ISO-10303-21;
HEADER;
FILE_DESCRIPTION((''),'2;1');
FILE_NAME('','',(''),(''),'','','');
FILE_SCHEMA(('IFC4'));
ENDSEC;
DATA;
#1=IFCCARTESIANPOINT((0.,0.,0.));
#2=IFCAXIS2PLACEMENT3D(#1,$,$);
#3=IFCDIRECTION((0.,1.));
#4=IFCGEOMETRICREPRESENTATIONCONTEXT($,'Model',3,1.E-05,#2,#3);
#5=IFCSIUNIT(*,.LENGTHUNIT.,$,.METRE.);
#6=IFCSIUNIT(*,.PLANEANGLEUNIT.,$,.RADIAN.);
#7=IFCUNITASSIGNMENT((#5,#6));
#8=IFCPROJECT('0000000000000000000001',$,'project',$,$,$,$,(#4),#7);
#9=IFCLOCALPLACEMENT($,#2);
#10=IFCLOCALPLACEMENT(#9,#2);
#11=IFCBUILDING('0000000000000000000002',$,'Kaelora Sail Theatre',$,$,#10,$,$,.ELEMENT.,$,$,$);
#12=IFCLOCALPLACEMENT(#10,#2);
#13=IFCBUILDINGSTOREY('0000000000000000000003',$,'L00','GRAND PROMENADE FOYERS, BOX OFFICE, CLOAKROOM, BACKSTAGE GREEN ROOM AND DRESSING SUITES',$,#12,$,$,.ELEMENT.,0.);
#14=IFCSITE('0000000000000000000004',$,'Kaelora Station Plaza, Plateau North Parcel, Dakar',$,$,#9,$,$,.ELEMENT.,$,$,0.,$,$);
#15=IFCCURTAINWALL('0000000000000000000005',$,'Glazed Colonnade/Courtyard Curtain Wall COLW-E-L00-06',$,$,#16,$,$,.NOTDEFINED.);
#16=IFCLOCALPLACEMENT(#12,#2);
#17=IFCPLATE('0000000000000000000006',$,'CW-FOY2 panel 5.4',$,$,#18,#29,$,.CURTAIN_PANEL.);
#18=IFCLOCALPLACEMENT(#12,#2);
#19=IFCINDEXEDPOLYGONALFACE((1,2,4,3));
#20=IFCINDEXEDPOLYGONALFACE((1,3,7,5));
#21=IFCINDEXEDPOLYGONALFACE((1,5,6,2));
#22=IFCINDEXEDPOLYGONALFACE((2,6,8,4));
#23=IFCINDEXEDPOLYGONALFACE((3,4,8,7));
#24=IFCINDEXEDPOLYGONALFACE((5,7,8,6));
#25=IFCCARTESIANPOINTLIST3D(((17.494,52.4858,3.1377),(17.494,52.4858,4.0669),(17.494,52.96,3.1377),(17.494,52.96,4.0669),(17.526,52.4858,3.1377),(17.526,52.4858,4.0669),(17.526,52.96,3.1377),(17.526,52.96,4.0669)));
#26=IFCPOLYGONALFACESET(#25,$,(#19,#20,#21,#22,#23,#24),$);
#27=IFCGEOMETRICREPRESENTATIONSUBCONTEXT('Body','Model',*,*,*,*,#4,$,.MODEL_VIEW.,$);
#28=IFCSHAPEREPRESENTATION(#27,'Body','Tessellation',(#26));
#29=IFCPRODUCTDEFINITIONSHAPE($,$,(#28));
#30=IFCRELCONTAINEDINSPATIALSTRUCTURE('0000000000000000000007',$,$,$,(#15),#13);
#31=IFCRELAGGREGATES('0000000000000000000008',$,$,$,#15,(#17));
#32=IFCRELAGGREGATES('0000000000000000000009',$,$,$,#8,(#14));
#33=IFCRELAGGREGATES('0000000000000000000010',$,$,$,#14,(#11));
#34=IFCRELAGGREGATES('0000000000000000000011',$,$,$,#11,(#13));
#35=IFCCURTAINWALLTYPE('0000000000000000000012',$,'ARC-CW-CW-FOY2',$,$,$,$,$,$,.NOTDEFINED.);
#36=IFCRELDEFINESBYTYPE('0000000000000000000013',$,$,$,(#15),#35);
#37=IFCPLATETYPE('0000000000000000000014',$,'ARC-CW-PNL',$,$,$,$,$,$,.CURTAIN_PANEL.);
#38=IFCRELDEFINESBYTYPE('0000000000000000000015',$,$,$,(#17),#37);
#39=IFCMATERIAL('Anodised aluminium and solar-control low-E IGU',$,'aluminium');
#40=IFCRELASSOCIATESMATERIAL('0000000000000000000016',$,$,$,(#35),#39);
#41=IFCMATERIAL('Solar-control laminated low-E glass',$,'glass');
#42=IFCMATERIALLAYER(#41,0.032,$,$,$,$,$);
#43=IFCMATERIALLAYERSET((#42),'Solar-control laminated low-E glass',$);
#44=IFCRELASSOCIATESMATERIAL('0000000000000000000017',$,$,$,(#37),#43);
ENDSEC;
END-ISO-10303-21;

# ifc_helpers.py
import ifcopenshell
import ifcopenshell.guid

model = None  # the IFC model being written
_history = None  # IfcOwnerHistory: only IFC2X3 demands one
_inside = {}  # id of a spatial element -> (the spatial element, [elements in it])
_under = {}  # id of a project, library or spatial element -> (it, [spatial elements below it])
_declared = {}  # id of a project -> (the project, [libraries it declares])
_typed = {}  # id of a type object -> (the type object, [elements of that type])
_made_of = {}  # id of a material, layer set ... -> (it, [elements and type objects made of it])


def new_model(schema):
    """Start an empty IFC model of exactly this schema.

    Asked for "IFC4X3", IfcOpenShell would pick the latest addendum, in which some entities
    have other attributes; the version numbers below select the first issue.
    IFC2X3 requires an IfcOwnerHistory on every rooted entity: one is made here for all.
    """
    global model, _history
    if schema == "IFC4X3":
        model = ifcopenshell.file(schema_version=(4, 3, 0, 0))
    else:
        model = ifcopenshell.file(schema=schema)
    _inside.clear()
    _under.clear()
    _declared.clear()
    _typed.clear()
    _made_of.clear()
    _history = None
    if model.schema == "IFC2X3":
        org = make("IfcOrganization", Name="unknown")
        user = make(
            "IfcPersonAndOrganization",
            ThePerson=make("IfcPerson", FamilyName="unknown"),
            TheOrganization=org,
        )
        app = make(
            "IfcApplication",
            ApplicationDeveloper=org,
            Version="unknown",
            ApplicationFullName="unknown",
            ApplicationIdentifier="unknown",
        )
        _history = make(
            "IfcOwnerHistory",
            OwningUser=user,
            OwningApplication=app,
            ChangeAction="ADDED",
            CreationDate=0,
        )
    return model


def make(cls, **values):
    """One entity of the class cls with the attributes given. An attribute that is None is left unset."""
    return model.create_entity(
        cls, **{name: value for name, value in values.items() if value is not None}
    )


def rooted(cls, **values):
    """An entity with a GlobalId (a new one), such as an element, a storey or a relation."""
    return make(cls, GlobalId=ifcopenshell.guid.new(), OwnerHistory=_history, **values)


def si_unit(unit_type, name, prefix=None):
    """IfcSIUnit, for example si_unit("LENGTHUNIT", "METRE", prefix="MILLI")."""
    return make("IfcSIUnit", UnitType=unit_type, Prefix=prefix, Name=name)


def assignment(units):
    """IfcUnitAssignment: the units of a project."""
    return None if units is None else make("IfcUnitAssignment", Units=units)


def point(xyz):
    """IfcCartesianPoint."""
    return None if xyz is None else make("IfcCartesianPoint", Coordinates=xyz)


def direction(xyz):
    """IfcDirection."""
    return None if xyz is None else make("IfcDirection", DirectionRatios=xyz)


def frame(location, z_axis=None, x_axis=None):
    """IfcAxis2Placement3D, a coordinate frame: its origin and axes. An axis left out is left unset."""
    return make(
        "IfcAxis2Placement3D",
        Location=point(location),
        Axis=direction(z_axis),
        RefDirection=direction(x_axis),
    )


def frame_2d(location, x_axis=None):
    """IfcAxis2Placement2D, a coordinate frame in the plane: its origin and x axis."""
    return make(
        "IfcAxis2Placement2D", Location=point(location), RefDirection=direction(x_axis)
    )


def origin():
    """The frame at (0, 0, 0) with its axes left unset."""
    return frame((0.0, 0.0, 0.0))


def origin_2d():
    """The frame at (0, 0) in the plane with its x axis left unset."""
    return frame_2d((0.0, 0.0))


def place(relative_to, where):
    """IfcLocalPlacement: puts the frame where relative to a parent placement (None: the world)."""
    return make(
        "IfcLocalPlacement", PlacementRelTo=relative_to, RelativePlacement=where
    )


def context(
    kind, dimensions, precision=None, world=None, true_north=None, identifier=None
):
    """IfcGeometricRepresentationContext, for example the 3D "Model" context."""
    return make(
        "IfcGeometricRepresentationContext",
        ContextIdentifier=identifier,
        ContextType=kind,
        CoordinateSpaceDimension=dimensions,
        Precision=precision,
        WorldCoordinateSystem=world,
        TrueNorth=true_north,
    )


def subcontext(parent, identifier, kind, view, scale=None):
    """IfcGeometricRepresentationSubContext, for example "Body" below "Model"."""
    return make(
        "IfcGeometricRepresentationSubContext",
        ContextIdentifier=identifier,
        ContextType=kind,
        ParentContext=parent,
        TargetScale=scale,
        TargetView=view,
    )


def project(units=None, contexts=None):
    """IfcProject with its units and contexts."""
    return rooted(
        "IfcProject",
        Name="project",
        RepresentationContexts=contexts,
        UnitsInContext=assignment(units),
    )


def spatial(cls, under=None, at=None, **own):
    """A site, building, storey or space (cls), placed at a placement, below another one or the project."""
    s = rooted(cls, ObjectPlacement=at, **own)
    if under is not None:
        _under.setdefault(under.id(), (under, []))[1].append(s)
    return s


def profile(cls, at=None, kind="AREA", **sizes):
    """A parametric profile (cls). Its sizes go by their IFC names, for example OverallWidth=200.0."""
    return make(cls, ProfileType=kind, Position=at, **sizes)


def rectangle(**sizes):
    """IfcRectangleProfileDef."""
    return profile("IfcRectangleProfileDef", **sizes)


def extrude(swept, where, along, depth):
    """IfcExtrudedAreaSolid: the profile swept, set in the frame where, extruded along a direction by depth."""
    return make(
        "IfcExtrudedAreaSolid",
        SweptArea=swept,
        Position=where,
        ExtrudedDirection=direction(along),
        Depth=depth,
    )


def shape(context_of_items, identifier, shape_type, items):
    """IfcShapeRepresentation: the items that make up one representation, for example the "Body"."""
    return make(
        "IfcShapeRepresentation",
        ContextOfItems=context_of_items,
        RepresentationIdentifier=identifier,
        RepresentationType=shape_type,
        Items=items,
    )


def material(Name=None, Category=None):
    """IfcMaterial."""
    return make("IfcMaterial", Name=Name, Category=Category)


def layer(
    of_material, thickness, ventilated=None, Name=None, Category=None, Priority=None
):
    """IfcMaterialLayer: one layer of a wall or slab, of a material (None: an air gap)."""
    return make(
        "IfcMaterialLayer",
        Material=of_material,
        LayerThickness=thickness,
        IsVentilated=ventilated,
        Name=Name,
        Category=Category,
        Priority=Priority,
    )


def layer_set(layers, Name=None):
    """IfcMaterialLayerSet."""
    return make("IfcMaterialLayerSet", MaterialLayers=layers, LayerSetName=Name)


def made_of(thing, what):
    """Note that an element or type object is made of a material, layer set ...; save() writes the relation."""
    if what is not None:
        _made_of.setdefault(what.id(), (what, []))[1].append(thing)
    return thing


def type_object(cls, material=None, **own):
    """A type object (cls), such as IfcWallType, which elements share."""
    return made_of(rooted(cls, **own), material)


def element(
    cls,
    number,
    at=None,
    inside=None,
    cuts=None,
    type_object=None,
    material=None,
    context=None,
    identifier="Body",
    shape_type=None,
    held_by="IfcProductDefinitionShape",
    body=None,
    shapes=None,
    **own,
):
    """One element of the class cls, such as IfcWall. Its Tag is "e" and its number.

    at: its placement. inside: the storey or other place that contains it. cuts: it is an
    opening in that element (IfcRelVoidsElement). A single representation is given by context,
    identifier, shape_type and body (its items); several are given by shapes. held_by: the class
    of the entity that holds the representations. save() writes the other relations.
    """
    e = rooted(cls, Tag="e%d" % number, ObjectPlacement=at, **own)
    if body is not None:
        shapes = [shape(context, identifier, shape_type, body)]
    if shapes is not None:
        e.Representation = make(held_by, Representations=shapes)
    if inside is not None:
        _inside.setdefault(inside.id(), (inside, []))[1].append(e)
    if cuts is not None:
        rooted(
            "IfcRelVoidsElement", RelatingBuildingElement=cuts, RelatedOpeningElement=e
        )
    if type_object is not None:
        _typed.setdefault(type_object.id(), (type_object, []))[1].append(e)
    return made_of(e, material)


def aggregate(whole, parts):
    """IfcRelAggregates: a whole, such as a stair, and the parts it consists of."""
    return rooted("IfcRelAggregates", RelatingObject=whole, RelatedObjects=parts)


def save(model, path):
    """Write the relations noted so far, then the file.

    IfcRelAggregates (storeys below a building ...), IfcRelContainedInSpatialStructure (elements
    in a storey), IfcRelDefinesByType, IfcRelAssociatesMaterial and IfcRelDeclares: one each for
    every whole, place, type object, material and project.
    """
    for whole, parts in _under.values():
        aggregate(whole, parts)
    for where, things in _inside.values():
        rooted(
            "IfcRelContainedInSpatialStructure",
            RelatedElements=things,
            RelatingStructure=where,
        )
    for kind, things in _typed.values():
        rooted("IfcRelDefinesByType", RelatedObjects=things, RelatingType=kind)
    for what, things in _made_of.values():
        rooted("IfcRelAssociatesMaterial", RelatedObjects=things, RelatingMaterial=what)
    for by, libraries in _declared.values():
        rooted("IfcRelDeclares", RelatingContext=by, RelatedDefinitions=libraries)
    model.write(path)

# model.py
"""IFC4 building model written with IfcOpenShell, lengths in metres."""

from ifc_helpers import new_model, si_unit, direction, frame, origin, origin_2d, place, context, subcontext, project, spatial, rectangle, extrude, material, layer, layer_set, type_object, element, aggregate, save


model = new_model("IFC4")

# Units and contexts
model_context = context("Model", 3, precision=1e-05, world=origin(), true_north=direction((0.0, 1.0)))
body_context = subcontext(model_context, "Body", "Model", "MODEL_VIEW")
ifc_project = project(units=[si_unit("LENGTHUNIT", "METRE"), si_unit("PLANEANGLEUNIT", "RADIAN")], contexts=[model_context])

# Site, building, storey
site_placement = place(None, origin())
site = spatial("IfcSite", under=ifc_project, at=site_placement, Name="Kaelora Station Plaza, Plateau North Parcel, Dakar", CompositionType="ELEMENT", RefElevation=0.0)
building_placement = place(site_placement, origin())
building = spatial("IfcBuilding", under=site, at=building_placement, Name="Kaelora Sail Theatre", CompositionType="ELEMENT")
storey_placement = place(building_placement, origin())
storey = spatial("IfcBuildingStorey", under=building, at=storey_placement, Name="L00", Description="GRAND PROMENADE FOYERS, BOX OFFICE, CLOAKROOM, BACKSTAGE GREEN ROOM AND DRESSING SUITES", CompositionType="ELEMENT", Elevation=0.0)

# Curtain wall
ifc_material_1 = material(Name="Anodised aluminium and solar-control low-E IGU", Category="aluminium")
curtain_wall_type_1 = type_object("IfcCurtainWallType", Name="ARC-CW-CW-FOY2", PredefinedType="NOTDEFINED", material=ifc_material_1)
curtain_wall_1_placement = place(storey_placement, origin())
curtain_wall_1 = element("IfcCurtainWall", 1, at=curtain_wall_1_placement, inside=storey, type_object=curtain_wall_type_1, Name="Glazed Colonnade/Courtyard Curtain Wall COLW-E-L00-06", PredefinedType="NOTDEFINED")

# Plate
ifc_material_2 = material(Name="Solar-control laminated low-E glass", Category="glass")
ifc_layer = layer(ifc_material_2, 0.032)
ifc_layer_set = layer_set([ifc_layer], Name="Solar-control laminated low-E glass")
plate_type = type_object("IfcPlateType", Name="ARC-CW-PNL", PredefinedType="CURTAIN_PANEL", material=ifc_layer_set)
plate_1_placement = place(storey_placement, frame((17.51, 52.7229, 3.1377), z_axis=(0.0, 0.0, 1.0), x_axis=(0.0, 1.0, 0.0)))
plate_1 = element("IfcPlate", 2, at=plate_1_placement, type_object=plate_type, Name="CW-FOY2 panel 5.4", PredefinedType="CURTAIN_PANEL", context=body_context, shape_type="SweptSolid", body=[
    extrude(rectangle(XDim=0.4741, YDim=0.032, at=origin_2d()), origin(), (0.0, 0.0, 1.0), 0.9292),
])
aggregate(curtain_wall_1, [plate_1])

save(model, "model.ifc")
